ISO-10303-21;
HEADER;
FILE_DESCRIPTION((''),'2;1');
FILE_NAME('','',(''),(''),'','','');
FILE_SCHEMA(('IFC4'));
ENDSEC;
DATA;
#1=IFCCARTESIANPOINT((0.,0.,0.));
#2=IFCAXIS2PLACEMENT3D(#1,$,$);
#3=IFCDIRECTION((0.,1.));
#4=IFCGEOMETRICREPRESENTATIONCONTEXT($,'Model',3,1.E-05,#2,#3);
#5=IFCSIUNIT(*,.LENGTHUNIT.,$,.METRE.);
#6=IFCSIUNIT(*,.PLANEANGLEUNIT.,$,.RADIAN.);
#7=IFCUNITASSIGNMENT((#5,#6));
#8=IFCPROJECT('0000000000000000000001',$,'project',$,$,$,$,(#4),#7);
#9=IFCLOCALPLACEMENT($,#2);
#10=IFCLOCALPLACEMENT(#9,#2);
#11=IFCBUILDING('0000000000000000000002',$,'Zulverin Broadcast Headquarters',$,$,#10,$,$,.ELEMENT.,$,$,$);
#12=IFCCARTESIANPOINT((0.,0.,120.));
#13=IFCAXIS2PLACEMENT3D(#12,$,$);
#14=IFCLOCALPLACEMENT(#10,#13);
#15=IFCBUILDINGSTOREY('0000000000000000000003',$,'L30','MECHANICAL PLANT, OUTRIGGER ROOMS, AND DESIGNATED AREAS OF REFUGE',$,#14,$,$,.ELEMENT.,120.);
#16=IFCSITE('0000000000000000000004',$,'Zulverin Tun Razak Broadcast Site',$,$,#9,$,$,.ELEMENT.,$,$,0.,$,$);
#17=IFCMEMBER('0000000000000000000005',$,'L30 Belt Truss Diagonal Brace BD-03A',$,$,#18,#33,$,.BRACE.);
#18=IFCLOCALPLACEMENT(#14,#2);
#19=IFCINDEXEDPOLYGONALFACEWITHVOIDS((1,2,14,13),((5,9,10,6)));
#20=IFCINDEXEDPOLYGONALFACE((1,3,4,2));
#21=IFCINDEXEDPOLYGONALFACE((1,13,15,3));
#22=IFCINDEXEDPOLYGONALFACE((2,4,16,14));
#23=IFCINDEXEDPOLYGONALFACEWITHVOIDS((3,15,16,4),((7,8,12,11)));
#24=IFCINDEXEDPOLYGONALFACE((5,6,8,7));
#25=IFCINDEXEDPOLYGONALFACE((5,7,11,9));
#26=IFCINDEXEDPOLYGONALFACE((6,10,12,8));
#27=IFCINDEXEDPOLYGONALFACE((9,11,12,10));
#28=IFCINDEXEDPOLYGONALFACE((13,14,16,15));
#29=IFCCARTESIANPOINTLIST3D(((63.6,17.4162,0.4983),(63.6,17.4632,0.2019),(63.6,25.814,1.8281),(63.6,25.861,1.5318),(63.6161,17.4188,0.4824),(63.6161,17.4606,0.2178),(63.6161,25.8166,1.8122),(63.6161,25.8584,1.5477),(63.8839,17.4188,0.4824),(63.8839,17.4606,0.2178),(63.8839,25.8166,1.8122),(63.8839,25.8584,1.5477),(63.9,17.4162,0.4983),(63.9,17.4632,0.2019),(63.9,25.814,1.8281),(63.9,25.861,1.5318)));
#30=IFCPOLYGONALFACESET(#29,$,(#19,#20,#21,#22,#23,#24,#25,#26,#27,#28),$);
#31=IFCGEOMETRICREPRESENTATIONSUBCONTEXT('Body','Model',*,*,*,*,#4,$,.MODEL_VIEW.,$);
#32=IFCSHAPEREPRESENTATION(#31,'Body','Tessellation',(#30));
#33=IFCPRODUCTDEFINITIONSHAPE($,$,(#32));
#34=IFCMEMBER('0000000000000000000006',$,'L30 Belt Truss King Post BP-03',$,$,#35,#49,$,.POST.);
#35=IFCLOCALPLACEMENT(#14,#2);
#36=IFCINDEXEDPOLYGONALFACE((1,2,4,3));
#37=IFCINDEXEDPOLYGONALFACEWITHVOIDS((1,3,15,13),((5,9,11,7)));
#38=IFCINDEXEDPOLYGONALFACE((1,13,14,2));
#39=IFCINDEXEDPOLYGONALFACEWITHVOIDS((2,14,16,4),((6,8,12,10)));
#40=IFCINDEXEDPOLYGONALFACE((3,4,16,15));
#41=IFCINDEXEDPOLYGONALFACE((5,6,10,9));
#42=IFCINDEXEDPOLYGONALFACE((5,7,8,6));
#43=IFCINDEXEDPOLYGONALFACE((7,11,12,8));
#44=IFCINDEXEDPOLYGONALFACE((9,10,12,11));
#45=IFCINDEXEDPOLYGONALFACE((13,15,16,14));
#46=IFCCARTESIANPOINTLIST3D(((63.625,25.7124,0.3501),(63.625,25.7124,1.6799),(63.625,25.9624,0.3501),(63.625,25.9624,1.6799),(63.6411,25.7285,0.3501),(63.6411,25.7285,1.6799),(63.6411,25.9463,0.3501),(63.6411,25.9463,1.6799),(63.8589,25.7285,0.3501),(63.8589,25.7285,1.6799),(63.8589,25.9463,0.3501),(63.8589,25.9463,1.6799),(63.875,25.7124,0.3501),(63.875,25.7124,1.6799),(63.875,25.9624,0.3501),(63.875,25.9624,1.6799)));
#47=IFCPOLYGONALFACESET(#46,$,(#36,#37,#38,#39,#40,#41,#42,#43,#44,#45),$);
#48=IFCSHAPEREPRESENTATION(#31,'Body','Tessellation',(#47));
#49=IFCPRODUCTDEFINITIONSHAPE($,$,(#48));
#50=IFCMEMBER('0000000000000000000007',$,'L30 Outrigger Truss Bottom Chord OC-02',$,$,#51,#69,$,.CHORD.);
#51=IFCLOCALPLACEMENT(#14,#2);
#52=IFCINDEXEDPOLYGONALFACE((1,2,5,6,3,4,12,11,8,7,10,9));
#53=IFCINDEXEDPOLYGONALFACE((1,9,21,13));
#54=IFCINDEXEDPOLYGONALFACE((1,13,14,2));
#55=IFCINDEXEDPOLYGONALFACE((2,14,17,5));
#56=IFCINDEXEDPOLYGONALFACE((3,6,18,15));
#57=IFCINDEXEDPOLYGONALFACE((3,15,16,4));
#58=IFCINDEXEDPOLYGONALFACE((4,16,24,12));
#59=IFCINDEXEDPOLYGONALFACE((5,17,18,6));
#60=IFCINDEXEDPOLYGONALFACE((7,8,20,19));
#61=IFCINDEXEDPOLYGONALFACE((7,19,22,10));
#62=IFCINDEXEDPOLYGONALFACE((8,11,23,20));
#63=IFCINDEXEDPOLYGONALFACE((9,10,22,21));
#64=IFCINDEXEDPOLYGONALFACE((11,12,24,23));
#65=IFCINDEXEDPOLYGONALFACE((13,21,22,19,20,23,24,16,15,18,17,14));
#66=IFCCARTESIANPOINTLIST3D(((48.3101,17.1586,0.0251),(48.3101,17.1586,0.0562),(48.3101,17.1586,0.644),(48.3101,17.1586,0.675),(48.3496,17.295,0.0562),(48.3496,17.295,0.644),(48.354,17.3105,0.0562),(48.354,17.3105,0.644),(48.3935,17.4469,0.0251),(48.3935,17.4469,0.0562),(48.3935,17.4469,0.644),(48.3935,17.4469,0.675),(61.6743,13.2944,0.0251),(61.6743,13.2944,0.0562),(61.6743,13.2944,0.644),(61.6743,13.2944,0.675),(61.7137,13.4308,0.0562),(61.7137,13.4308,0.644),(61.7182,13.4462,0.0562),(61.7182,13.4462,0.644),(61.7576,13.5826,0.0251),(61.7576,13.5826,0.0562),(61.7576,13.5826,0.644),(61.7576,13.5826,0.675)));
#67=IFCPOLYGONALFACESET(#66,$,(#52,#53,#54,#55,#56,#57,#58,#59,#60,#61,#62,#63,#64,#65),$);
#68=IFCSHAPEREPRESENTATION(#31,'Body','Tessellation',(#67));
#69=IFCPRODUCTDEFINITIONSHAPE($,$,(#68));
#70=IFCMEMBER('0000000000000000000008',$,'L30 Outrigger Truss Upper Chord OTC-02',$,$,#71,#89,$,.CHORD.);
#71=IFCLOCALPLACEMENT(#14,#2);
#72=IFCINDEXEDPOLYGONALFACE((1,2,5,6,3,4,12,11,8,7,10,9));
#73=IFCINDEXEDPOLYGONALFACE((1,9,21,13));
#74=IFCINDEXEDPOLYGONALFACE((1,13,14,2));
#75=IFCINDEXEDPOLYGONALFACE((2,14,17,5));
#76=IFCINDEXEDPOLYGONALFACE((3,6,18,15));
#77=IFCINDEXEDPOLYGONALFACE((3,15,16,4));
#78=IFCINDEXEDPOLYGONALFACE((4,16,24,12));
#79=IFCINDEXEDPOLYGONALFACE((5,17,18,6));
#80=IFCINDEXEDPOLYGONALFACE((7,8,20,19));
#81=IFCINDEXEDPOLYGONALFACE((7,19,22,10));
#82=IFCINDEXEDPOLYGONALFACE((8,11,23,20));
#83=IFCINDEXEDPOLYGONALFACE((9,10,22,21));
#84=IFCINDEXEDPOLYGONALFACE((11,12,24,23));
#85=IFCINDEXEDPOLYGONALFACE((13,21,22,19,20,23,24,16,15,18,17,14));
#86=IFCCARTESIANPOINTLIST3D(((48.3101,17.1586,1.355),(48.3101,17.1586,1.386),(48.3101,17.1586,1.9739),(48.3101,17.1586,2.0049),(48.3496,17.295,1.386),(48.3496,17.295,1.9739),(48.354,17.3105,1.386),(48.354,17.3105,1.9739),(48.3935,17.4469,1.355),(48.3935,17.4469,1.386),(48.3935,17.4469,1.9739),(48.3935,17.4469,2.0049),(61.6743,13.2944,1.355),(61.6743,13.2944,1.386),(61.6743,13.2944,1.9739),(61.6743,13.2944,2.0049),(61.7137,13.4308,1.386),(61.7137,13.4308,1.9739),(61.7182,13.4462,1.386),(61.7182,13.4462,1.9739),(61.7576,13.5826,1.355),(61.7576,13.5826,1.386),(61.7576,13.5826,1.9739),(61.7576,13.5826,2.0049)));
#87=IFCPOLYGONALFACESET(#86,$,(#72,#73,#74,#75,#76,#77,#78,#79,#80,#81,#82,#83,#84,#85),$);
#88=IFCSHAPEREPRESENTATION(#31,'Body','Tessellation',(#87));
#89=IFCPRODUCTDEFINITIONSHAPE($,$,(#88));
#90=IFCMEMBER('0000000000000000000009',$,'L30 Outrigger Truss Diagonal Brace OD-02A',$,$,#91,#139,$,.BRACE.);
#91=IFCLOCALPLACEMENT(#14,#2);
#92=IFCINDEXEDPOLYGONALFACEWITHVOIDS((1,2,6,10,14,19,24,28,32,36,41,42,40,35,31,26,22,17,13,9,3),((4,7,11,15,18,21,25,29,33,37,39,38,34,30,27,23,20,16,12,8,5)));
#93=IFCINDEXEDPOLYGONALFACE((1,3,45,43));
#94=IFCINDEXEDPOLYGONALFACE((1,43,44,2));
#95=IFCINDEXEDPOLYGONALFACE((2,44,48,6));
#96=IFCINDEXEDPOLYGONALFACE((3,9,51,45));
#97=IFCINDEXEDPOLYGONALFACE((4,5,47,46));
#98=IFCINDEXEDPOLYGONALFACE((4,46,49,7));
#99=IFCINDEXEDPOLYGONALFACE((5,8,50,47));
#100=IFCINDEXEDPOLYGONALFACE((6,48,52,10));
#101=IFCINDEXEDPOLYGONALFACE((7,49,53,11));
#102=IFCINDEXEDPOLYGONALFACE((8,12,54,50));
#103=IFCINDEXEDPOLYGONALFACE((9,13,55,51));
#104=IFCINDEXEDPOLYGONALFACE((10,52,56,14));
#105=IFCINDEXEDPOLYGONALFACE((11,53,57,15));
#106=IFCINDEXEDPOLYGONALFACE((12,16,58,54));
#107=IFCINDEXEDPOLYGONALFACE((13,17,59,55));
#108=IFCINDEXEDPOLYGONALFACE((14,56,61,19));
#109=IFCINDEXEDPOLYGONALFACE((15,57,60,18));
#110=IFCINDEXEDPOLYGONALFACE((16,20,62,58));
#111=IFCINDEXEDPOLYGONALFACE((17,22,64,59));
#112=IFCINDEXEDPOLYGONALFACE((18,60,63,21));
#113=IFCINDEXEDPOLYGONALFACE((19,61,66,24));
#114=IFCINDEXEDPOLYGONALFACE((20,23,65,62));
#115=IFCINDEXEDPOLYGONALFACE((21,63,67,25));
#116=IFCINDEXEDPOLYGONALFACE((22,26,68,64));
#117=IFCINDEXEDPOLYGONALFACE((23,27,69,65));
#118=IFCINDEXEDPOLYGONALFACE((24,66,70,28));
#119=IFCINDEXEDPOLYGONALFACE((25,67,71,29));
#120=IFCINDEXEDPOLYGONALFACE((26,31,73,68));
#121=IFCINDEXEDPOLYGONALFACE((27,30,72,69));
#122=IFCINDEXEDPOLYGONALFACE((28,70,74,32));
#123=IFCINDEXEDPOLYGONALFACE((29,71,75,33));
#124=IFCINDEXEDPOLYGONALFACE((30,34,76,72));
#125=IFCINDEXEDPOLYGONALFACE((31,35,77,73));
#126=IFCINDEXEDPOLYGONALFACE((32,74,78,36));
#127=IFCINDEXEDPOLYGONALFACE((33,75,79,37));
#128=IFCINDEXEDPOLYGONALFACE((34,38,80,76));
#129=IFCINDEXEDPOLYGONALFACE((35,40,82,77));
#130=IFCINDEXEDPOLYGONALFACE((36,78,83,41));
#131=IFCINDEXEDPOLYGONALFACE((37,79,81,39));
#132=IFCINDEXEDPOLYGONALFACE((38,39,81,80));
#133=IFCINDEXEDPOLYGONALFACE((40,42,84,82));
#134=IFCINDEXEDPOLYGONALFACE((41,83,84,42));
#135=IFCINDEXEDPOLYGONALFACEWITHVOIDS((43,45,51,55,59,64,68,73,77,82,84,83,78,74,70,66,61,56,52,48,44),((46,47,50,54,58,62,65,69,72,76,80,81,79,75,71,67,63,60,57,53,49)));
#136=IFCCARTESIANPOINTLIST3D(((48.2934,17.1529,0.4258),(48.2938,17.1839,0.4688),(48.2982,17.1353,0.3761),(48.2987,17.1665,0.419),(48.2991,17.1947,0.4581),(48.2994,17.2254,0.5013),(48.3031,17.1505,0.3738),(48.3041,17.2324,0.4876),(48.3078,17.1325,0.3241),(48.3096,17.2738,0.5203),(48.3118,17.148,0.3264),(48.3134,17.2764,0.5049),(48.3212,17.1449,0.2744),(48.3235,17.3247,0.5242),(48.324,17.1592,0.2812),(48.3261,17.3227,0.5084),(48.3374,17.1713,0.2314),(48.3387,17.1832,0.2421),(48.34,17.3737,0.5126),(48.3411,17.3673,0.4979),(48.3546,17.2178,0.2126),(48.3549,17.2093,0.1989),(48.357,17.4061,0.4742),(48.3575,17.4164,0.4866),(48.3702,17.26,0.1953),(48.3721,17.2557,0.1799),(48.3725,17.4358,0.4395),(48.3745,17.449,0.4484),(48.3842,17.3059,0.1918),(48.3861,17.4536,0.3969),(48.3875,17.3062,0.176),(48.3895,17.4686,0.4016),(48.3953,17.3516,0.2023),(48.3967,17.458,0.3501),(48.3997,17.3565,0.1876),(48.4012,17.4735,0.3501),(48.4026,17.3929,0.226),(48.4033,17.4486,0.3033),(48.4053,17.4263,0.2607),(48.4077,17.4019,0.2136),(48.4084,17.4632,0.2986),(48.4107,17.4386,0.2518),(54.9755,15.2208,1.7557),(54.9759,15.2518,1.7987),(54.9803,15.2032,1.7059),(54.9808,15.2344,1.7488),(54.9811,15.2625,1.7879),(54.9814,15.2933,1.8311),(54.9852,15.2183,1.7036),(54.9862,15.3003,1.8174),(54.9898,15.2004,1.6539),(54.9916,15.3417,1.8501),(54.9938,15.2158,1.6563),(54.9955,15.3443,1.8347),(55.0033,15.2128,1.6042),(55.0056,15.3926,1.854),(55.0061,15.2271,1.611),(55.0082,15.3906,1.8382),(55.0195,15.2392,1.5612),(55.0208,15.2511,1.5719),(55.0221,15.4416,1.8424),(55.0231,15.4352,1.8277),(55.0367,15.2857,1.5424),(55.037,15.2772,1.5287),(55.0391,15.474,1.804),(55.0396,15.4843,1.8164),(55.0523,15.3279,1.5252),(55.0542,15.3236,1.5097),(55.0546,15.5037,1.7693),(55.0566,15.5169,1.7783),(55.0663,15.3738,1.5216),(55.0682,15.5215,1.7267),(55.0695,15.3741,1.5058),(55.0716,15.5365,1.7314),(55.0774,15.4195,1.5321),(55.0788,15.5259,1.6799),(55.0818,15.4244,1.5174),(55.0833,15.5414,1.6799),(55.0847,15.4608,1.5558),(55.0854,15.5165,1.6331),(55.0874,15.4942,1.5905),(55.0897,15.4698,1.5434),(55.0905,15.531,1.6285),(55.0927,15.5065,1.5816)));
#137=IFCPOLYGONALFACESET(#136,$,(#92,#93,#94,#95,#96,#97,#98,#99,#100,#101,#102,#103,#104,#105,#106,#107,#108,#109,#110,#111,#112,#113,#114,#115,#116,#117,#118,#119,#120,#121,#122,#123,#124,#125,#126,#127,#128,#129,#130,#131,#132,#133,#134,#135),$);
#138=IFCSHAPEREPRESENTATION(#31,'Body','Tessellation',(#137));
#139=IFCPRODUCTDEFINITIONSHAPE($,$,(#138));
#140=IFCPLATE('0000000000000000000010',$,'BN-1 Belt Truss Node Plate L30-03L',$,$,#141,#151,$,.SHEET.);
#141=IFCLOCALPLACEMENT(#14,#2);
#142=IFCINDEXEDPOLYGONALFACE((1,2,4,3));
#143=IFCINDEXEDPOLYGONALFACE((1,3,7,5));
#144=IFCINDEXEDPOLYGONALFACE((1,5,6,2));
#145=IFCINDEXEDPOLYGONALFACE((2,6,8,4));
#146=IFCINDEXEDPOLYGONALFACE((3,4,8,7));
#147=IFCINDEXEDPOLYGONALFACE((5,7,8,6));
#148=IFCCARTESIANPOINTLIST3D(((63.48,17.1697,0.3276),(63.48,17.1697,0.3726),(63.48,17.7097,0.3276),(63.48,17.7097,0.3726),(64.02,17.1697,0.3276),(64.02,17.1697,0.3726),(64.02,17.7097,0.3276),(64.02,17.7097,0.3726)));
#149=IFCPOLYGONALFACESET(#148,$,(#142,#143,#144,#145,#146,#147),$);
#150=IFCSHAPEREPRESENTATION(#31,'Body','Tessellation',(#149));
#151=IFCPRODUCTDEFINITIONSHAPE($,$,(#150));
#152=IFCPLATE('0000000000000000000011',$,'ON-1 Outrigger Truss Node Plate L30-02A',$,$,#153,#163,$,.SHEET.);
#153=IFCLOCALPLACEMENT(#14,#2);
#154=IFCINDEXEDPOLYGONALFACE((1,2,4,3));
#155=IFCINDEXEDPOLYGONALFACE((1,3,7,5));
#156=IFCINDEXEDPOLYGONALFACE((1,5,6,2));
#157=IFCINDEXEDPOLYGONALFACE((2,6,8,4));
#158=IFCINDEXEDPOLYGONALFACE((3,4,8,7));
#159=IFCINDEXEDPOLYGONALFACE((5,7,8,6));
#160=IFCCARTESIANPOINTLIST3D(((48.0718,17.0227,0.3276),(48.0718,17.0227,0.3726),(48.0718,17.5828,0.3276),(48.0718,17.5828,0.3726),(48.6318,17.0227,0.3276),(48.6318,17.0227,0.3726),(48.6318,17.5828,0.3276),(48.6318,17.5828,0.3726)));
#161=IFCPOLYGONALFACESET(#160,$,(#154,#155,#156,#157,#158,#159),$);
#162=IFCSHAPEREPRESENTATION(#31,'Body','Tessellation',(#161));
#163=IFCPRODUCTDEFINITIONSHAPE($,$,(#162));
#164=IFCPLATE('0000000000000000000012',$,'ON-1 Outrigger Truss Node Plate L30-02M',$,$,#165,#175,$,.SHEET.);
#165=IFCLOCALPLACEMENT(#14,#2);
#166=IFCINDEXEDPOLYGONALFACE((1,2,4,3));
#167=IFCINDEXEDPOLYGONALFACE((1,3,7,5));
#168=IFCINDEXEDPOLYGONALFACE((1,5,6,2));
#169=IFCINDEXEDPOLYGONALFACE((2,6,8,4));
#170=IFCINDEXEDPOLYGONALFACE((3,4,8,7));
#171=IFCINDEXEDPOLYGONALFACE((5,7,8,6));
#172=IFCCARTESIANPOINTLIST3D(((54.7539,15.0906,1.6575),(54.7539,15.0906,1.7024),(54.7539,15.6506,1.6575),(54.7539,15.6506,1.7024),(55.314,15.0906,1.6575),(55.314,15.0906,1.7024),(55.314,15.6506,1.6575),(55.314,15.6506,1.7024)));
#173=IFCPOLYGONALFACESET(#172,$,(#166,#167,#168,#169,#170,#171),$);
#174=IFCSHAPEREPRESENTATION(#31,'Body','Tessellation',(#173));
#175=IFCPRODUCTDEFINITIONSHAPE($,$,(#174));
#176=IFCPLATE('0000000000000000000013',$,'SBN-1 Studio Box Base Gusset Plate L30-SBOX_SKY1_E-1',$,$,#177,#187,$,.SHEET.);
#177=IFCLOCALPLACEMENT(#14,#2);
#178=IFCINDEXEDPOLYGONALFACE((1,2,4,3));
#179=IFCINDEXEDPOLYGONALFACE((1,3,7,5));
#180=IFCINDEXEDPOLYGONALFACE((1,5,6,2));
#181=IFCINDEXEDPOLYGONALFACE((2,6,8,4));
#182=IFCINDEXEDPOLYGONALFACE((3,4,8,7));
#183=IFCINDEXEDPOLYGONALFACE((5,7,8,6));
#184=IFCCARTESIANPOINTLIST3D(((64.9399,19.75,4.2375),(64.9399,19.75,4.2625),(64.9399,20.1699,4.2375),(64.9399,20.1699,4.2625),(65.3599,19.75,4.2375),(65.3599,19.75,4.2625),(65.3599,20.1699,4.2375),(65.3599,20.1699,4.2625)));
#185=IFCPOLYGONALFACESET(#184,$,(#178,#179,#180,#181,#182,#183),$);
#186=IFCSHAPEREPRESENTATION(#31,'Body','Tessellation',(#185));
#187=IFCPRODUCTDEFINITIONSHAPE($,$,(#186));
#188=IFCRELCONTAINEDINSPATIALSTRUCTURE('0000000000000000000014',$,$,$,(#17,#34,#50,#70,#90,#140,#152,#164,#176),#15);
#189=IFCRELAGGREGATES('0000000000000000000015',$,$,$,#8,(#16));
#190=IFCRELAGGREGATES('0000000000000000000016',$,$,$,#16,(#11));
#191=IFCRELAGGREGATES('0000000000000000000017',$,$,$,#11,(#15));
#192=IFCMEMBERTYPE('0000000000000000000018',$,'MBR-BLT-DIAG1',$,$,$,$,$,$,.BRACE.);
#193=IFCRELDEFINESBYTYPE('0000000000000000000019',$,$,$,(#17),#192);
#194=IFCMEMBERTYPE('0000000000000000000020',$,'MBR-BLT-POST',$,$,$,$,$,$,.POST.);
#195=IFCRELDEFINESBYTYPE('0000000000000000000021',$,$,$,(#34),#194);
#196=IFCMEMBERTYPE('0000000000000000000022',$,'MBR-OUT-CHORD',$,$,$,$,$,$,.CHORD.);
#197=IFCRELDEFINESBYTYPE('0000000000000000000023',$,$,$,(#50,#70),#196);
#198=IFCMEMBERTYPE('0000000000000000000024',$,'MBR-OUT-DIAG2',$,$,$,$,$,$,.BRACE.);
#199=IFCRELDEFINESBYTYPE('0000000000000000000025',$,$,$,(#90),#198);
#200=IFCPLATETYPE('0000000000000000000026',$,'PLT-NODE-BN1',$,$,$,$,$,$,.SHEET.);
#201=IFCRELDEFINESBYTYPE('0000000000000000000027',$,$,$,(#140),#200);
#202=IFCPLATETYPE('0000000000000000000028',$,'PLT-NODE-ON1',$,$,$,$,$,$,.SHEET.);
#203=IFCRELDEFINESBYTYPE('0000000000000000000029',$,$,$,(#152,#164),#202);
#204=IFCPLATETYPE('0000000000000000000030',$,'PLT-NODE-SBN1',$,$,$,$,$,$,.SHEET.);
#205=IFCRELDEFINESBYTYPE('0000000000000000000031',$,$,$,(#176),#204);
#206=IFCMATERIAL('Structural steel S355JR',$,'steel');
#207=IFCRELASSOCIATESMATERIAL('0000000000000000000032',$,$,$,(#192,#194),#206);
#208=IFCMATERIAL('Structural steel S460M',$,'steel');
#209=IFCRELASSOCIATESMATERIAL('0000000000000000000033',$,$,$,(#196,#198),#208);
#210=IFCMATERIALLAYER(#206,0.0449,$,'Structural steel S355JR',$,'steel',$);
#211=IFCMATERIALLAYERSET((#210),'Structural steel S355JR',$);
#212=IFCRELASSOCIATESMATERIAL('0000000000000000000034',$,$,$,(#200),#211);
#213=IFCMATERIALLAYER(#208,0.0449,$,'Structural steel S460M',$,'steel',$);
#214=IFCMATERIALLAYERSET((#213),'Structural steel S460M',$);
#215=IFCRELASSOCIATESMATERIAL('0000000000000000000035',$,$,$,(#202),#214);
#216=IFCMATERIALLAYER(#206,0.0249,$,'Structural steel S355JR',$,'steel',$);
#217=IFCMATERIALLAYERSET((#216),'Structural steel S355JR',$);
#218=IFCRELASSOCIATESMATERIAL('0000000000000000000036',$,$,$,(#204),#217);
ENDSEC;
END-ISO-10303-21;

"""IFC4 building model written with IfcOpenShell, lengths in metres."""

from ifc_helpers import new_model, si_unit, direction, frame, origin, origin_2d, place, context, subcontext, project, spatial, rectangle, hollow_rectangle, hollow_circle, i_section, extrude, material, layer, layer_set, material_profile, profile_set, type_object, element, save


model = new_model("IFC4")

# Units and contexts
model_context = context("Model", 3, precision=1e-05, world=origin(), true_north=direction((0.0, 1.0)))
body_context = subcontext(model_context, "Body", "Model", "MODEL_VIEW")
ifc_project = project(units=[si_unit("LENGTHUNIT", "METRE"), si_unit("PLANEANGLEUNIT", "RADIAN")], contexts=[model_context])

# Site, building, storey
site_placement = place(None, origin())
site = spatial("IfcSite", under=ifc_project, at=site_placement, Name="Zulverin Tun Razak Broadcast Site", CompositionType="ELEMENT", RefElevation=0.0)
building_placement = place(site_placement, origin())
building = spatial("IfcBuilding", under=site, at=building_placement, Name="Zulverin Broadcast Headquarters", CompositionType="ELEMENT")
storey_placement = place(building_placement, frame((0.0, 0.0, 120.0)))
storey = spatial("IfcBuildingStorey", under=building, at=storey_placement, Name="L30", Description="MECHANICAL PLANT, OUTRIGGER ROOMS, AND DESIGNATED AREAS OF REFUGE", CompositionType="ELEMENT", Elevation=120.0)

# Shared definitions
ifc_material_1 = material(Name="Structural steel S355JR", Category="steel")

# Members
ifc_material_profile_1 = material_profile(ifc_material_1, hollow_rectangle(XDim=0.3, YDim=0.3, WallThickness=0.0161, at=origin_2d()), Name="Structural steel S355JR", Category="steel")
ifc_profile_set_1 = profile_set([ifc_material_profile_1], Name="Structural steel S355JR")
member_type_1 = type_object("IfcMemberType", Name="MBR-BLT-DIAG1", PredefinedType="BRACE", material=ifc_profile_set_1)
member_1_placement = place(storey_placement, frame((63.75, 17.4397, 0.3501), z_axis=(0.0, 0.987693, 0.156408), x_axis=(-1.0, 0.0, 0.0)))
element("IfcMember", 1, at=member_1_placement, inside=storey, type_object=member_type_1, Name="L30 Belt Truss Diagonal Brace BD-03A", PredefinedType="BRACE", context=body_context, shape_type="SweptSolid", body=[
    extrude(hollow_rectangle(XDim=0.3, YDim=0.3, WallThickness=0.0161, at=origin_2d()), origin(), (0.0, 0.0, 1.0), 8.5024),
])
ifc_material_profile_2 = material_profile(ifc_material_1, hollow_rectangle(XDim=0.25, YDim=0.25, WallThickness=0.0161, at=origin_2d()), Name="Structural steel S355JR", Category="steel")
ifc_profile_set_2 = profile_set([ifc_material_profile_2], Name="Structural steel S355JR")
member_type_2 = type_object("IfcMemberType", Name="MBR-BLT-POST", PredefinedType="POST", material=ifc_profile_set_2)
member_2_placement = place(storey_placement, frame((63.75, 25.8374, 0.3501), z_axis=(0.0, 0.0, 1.0), x_axis=(1.0, 0.0, 0.0)))
element("IfcMember", 2, at=member_2_placement, inside=storey, type_object=member_type_2, Name="L30 Belt Truss King Post BP-03", PredefinedType="POST", context=body_context, shape_type="SweptSolid", body=[
    extrude(hollow_rectangle(XDim=0.25, YDim=0.25, WallThickness=0.0161, at=origin_2d()), origin(), (0.0, 0.0, 1.0), 1.3298),
])
ifc_material_2 = material(Name="Structural steel S460M", Category="steel")
ifc_material_profile_3 = material_profile(ifc_material_2, i_section(OverallWidth=0.3, OverallDepth=0.6499, WebThickness=0.0161, FlangeThickness=0.031, at=origin_2d()), Name="Structural steel S460M", Category="steel")
ifc_profile_set_3 = profile_set([ifc_material_profile_3], Name="Structural steel S460M")
member_type_3 = type_object("IfcMemberType", Name="MBR-OUT-CHORD", PredefinedType="CHORD", material=ifc_profile_set_3)
for number, where, z_axis, x_axis, name in (
    (3, (48.3518, 17.3027, 0.3501), (0.960648, -0.27777, 0.0), (0.27777, 0.960648, 0.0), "L30 Outrigger Truss Bottom Chord OC-02"),
    (4, (48.3518, 17.3027, 1.6799), (0.960648, -0.27777, 0.0), (0.27777, 0.960648, 0.0), "L30 Outrigger Truss Upper Chord OTC-02"),
):
    element("IfcMember", number, at=place(storey_placement, frame(where, z_axis=z_axis, x_axis=x_axis)), inside=storey, type_object=member_type_3, Name=name, PredefinedType="CHORD", context=body_context, shape_type="SweptSolid", body=[
        extrude(i_section(OverallWidth=0.3, OverallDepth=0.6499, WebThickness=0.0161, FlangeThickness=0.031, at=origin_2d()), origin(), (0.0, 0.0, 1.0), 13.9116),
    ])
ifc_material_profile_4 = material_profile(ifc_material_2, hollow_circle(Radius=0.1777, WallThickness=0.0161, at=origin_2d()), Name="Structural steel S460M", Category="steel")
ifc_profile_set_4 = profile_set([ifc_material_profile_4], Name="Structural steel S460M")
member_type_4 = type_object("IfcMemberType", Name="MBR-OUT-DIAG2", PredefinedType="BRACE", material=ifc_profile_set_4)
member_3_placement = place(storey_placement, frame((48.3518, 17.3027, 0.3501), z_axis=(0.943559, -0.272829, 0.187781), x_axis=(0.27777, 0.960648, 0.0)))
element("IfcMember", 5, at=member_3_placement, inside=storey, type_object=member_type_4, Name="L30 Outrigger Truss Diagonal Brace OD-02A", PredefinedType="BRACE", context=body_context, shape_type="SweptSolid", body=[
    extrude(hollow_circle(Radius=0.1777, WallThickness=0.0161, at=origin_2d()), origin(), (0.0, 0.0, 1.0), 7.0818),
])

# Plates
ifc_layer_1 = layer(ifc_material_1, 0.0449, Name="Structural steel S355JR", Category="steel")
ifc_layer_set_1 = layer_set([ifc_layer_1], Name="Structural steel S355JR")
plate_type_1 = type_object("IfcPlateType", Name="PLT-NODE-BN1", PredefinedType="SHEET", material=ifc_layer_set_1)
plate_1_placement = place(storey_placement, frame((63.75, 17.4397, 0.3276), z_axis=(0.0, 0.0, 1.0), x_axis=(1.0, 0.0, 0.0)))
element("IfcPlate", 6, at=plate_1_placement, inside=storey, type_object=plate_type_1, Name="BN-1 Belt Truss Node Plate L30-03L", PredefinedType="SHEET", context=body_context, shape_type="SweptSolid", body=[
    extrude(rectangle(XDim=0.54, YDim=0.54, at=origin_2d()), origin(), (0.0, 0.0, 1.0), 0.0449),
])
ifc_layer_2 = layer(ifc_material_2, 0.0449, Name="Structural steel S460M", Category="steel")
ifc_layer_set_2 = layer_set([ifc_layer_2], Name="Structural steel S460M")
plate_type_2 = type_object("IfcPlateType", Name="PLT-NODE-ON1", PredefinedType="SHEET", material=ifc_layer_set_2)
for number, where, z_axis, x_axis, name in (
    (7, (48.3518, 17.3027, 0.3276), (0.0, 0.0, 1.0), (1.0, 0.0, 0.0), "ON-1 Outrigger Truss Node Plate L30-02A"),
    (8, (55.0339, 15.3706, 1.6575), (0.0, 0.0, 1.0), (1.0, 0.0, 0.0), "ON-1 Outrigger Truss Node Plate L30-02M"),
):
    element("IfcPlate", number, at=place(storey_placement, frame(where, z_axis=z_axis, x_axis=x_axis)), inside=storey, type_object=plate_type_2, Name=name, PredefinedType="SHEET", context=body_context, shape_type="SweptSolid", body=[
        extrude(rectangle(XDim=0.5601, YDim=0.5601, at=origin_2d()), origin(), (0.0, 0.0, 1.0), 0.0449),
    ])
ifc_layer_3 = layer(ifc_material_1, 0.0249, Name="Structural steel S355JR", Category="steel")
ifc_layer_set_3 = layer_set([ifc_layer_3], Name="Structural steel S355JR")
plate_type_3 = type_object("IfcPlateType", Name="PLT-NODE-SBN1", PredefinedType="SHEET", material=ifc_layer_set_3)
plate_2_placement = place(storey_placement, frame((65.1499, 19.96, 4.2375), z_axis=(0.0, 0.0, 1.0), x_axis=(1.0, 0.0, 0.0)))
element("IfcPlate", 9, at=plate_2_placement, inside=storey, type_object=plate_type_3, Name="SBN-1 Studio Box Base Gusset Plate L30-SBOX_SKY1_E-1", PredefinedType="SHEET", context=body_context, shape_type="SweptSolid", body=[
    extrude(rectangle(XDim=0.4199, YDim=0.4199, at=origin_2d()), origin(), (0.0, 0.0, 1.0), 0.0249),
])

save(model, "model.ifc")
